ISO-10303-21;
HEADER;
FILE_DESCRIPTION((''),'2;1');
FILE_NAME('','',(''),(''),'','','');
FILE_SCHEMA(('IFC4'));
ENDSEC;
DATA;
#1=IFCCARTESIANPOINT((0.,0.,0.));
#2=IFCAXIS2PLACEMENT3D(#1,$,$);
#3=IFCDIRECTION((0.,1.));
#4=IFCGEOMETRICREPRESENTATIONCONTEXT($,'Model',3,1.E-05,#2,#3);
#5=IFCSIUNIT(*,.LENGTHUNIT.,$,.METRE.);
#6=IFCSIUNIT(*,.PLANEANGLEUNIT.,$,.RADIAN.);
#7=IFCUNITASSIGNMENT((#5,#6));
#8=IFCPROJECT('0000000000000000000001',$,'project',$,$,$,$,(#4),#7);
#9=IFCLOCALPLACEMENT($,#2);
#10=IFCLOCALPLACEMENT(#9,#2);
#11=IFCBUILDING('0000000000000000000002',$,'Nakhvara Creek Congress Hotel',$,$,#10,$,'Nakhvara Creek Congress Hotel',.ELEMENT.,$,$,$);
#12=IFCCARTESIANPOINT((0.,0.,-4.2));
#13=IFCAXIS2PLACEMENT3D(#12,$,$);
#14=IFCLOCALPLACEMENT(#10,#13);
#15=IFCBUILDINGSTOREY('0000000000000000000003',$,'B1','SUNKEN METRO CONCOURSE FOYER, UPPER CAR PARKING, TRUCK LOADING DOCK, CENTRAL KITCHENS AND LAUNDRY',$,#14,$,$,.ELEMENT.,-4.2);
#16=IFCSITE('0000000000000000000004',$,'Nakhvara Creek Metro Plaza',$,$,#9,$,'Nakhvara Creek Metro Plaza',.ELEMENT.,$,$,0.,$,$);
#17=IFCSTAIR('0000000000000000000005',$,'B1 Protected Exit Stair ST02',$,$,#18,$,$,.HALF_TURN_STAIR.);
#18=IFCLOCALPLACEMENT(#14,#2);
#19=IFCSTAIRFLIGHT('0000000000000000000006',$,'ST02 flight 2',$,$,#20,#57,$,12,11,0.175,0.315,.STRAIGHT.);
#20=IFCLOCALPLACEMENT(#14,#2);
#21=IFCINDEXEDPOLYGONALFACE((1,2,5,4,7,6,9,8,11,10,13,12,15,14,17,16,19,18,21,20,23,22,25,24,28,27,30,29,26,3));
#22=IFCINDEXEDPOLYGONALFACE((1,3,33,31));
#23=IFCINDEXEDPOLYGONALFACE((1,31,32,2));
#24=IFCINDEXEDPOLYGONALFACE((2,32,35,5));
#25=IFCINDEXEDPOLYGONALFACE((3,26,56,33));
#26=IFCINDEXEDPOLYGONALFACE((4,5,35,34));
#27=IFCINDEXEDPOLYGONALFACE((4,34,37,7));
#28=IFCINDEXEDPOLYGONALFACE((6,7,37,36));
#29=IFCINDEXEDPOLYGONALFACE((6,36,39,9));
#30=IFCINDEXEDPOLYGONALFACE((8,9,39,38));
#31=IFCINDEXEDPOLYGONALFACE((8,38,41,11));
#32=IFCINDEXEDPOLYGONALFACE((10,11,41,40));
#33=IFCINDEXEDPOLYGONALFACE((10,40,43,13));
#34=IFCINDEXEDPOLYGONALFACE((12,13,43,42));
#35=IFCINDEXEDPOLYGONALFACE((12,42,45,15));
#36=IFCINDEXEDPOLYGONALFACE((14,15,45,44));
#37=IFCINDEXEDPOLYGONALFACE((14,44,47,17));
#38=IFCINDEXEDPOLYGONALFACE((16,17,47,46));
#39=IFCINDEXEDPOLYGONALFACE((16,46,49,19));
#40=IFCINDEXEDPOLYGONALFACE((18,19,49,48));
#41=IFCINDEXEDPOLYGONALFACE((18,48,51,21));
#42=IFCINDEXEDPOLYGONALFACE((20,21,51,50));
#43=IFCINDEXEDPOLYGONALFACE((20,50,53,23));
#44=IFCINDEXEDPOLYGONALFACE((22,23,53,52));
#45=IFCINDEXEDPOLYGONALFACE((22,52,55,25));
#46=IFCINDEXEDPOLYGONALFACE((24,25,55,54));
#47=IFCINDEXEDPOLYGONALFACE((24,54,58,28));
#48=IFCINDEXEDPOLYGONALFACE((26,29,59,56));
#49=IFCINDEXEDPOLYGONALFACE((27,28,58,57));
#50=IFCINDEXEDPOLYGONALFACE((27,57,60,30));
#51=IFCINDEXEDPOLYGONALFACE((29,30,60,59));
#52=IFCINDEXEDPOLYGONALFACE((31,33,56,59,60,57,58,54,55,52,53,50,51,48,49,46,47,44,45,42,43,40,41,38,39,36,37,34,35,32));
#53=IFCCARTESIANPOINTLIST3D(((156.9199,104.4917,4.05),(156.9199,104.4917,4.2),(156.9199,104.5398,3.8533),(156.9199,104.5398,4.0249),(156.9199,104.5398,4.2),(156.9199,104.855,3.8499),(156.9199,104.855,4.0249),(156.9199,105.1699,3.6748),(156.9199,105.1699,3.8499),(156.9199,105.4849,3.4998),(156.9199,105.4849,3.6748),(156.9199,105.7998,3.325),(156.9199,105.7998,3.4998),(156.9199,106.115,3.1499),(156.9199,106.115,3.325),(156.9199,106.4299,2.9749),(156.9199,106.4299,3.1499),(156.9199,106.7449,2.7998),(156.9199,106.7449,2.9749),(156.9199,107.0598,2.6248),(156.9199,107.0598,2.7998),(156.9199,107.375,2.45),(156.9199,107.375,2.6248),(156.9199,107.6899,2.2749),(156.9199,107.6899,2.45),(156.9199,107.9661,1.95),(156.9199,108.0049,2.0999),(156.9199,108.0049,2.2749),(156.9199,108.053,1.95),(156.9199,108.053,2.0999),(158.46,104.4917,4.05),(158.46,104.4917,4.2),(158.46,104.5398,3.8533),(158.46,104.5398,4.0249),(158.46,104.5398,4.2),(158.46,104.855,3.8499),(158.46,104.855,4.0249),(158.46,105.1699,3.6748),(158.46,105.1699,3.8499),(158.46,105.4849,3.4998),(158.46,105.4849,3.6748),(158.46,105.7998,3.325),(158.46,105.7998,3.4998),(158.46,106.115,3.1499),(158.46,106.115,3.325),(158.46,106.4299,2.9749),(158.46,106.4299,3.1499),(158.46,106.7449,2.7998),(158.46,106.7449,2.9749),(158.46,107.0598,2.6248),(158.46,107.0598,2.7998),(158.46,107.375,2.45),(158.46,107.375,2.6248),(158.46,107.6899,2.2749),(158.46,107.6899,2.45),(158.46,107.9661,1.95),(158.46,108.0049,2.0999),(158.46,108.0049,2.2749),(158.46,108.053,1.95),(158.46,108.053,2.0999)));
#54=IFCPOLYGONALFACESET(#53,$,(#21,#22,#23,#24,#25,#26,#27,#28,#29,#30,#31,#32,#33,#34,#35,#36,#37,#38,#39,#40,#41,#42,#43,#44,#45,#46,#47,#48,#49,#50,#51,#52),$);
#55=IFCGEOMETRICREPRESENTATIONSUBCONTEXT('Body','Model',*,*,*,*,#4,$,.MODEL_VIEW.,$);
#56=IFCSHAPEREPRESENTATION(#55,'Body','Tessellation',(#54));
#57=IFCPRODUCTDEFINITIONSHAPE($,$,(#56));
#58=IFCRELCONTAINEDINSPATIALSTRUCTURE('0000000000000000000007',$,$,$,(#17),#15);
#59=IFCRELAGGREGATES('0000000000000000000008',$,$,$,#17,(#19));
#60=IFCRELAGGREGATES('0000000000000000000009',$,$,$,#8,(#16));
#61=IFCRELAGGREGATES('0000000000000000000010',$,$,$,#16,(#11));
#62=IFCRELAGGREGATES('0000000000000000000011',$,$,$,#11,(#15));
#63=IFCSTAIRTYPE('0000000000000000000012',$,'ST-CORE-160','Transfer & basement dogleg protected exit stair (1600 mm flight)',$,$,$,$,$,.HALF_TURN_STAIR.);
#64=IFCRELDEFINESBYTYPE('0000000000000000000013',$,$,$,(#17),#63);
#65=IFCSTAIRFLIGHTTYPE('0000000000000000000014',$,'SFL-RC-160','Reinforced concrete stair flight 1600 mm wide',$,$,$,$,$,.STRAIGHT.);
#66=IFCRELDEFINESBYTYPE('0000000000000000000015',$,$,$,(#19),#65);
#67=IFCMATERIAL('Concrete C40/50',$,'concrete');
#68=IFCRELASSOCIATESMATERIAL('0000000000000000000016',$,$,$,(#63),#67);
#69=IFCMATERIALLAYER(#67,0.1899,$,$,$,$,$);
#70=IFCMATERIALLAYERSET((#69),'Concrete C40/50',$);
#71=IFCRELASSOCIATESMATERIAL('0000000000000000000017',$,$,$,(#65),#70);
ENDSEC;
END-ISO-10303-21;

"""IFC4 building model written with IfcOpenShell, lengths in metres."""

from ifc_helpers import new_model, si_unit, direction, frame, origin, place, context, subcontext, project, spatial, polyline, outline, extrude, material, layer, layer_set, type_object, element, aggregate, save


model = new_model("IFC4")

# Units and contexts
model_context = context("Model", 3, precision=1e-05, world=origin(), true_north=direction((0.0, 1.0)))
body_context = subcontext(model_context, "Body", "Model", "MODEL_VIEW")
ifc_project = project(units=[si_unit("LENGTHUNIT", "METRE"), si_unit("PLANEANGLEUNIT", "RADIAN")], contexts=[model_context])

# Site, building, storey
site_placement = place(None, origin())
site = spatial("IfcSite", under=ifc_project, at=site_placement, Name="Nakhvara Creek Metro Plaza", LongName="Nakhvara Creek Metro Plaza", CompositionType="ELEMENT", RefElevation=0.0)
building_placement = place(site_placement, origin())
building = spatial("IfcBuilding", under=site, at=building_placement, Name="Nakhvara Creek Congress Hotel", LongName="Nakhvara Creek Congress Hotel", CompositionType="ELEMENT")
storey_placement = place(building_placement, frame((0.0, 0.0, -4.2)))
storey = spatial("IfcBuildingStorey", under=building, at=storey_placement, Name="B1", Description="SUNKEN METRO CONCOURSE FOYER, UPPER CAR PARKING, TRUCK LOADING DOCK, CENTRAL KITCHENS AND LAUNDRY", CompositionType="ELEMENT", Elevation=-4.2)

# Shared definitions
ifc_material_1 = material(Name="Concrete C40/50", Category="concrete")

# Stair, stair flight
stair_type = type_object("IfcStairType", Name="ST-CORE-160", Description="Transfer & basement dogleg protected exit stair (1600 mm flight)", PredefinedType="HALF_TURN_STAIR", material=ifc_material_1)
stair_placement = place(storey_placement, origin())
stair = element("IfcStair", 1, at=stair_placement, inside=storey, type_object=stair_type, Name="B1 Protected Exit Stair ST02", PredefinedType="HALF_TURN_STAIR")
ifc_layer_1 = layer(ifc_material_1, 0.1899)
ifc_layer_set_1 = layer_set([ifc_layer_1], Name="Concrete C40/50")
stair_flight_type = type_object("IfcStairFlightType", Name="SFL-RC-160", Description="Reinforced concrete stair flight 1600 mm wide", PredefinedType="STRAIGHT", material=ifc_layer_set_1)
stair_flight_1_placement = place(storey_placement, frame((157.6899, 108.0049, 2.0999), z_axis=(0.0, 0.0, 1.0), x_axis=(0.0, -1.0, 0.0)))
stair_flight_1 = element("IfcStairFlight", 2, at=stair_flight_1_placement, type_object=stair_flight_type, Name="ST02 flight 2", NumberOfRisers=12, NumberOfTreads=11, PredefinedType="STRAIGHT", RiserHeight=0.175, TreadLength=0.315, context=body_context, shape_type="SweptSolid", body=[
    extrude(outline(polyline([(-0.0481, 0.0), (0.0, 0.0), (0.0, 0.175), (0.3149, 0.175), (0.3149, 0.3501), (0.6299, 0.3501), (0.6299, 0.5249), (0.9451, 0.5249), (0.9451, 0.7), (1.26, 0.7), (1.26, 0.875), (1.575, 0.875), (1.575, 1.05), (1.8899, 1.05), (1.8899, 1.2251), (2.2051, 1.2251), (2.2051, 1.3999), (2.52, 1.3999), (2.52, 1.575), (2.835, 1.575), (2.835, 1.75), (3.1499, 1.75), (3.1499, 1.925), (3.4651, 1.925), (3.4651, 2.1001), (3.5132, 2.1001), (3.5132, 1.9502), (3.4651, 1.7534), (0.0388, -0.1499), (-0.0481, -0.1499), (-0.0481, 0.0)])), frame((0.0, 0.77, 0.0), z_axis=(0.0, -1.0, 0.0), x_axis=(1.0, 0.0, 0.0)), (0.0, 0.0, 1.0), 1.54),
])
aggregate(stair, [stair_flight_1])

save(model, "model.ifc")
